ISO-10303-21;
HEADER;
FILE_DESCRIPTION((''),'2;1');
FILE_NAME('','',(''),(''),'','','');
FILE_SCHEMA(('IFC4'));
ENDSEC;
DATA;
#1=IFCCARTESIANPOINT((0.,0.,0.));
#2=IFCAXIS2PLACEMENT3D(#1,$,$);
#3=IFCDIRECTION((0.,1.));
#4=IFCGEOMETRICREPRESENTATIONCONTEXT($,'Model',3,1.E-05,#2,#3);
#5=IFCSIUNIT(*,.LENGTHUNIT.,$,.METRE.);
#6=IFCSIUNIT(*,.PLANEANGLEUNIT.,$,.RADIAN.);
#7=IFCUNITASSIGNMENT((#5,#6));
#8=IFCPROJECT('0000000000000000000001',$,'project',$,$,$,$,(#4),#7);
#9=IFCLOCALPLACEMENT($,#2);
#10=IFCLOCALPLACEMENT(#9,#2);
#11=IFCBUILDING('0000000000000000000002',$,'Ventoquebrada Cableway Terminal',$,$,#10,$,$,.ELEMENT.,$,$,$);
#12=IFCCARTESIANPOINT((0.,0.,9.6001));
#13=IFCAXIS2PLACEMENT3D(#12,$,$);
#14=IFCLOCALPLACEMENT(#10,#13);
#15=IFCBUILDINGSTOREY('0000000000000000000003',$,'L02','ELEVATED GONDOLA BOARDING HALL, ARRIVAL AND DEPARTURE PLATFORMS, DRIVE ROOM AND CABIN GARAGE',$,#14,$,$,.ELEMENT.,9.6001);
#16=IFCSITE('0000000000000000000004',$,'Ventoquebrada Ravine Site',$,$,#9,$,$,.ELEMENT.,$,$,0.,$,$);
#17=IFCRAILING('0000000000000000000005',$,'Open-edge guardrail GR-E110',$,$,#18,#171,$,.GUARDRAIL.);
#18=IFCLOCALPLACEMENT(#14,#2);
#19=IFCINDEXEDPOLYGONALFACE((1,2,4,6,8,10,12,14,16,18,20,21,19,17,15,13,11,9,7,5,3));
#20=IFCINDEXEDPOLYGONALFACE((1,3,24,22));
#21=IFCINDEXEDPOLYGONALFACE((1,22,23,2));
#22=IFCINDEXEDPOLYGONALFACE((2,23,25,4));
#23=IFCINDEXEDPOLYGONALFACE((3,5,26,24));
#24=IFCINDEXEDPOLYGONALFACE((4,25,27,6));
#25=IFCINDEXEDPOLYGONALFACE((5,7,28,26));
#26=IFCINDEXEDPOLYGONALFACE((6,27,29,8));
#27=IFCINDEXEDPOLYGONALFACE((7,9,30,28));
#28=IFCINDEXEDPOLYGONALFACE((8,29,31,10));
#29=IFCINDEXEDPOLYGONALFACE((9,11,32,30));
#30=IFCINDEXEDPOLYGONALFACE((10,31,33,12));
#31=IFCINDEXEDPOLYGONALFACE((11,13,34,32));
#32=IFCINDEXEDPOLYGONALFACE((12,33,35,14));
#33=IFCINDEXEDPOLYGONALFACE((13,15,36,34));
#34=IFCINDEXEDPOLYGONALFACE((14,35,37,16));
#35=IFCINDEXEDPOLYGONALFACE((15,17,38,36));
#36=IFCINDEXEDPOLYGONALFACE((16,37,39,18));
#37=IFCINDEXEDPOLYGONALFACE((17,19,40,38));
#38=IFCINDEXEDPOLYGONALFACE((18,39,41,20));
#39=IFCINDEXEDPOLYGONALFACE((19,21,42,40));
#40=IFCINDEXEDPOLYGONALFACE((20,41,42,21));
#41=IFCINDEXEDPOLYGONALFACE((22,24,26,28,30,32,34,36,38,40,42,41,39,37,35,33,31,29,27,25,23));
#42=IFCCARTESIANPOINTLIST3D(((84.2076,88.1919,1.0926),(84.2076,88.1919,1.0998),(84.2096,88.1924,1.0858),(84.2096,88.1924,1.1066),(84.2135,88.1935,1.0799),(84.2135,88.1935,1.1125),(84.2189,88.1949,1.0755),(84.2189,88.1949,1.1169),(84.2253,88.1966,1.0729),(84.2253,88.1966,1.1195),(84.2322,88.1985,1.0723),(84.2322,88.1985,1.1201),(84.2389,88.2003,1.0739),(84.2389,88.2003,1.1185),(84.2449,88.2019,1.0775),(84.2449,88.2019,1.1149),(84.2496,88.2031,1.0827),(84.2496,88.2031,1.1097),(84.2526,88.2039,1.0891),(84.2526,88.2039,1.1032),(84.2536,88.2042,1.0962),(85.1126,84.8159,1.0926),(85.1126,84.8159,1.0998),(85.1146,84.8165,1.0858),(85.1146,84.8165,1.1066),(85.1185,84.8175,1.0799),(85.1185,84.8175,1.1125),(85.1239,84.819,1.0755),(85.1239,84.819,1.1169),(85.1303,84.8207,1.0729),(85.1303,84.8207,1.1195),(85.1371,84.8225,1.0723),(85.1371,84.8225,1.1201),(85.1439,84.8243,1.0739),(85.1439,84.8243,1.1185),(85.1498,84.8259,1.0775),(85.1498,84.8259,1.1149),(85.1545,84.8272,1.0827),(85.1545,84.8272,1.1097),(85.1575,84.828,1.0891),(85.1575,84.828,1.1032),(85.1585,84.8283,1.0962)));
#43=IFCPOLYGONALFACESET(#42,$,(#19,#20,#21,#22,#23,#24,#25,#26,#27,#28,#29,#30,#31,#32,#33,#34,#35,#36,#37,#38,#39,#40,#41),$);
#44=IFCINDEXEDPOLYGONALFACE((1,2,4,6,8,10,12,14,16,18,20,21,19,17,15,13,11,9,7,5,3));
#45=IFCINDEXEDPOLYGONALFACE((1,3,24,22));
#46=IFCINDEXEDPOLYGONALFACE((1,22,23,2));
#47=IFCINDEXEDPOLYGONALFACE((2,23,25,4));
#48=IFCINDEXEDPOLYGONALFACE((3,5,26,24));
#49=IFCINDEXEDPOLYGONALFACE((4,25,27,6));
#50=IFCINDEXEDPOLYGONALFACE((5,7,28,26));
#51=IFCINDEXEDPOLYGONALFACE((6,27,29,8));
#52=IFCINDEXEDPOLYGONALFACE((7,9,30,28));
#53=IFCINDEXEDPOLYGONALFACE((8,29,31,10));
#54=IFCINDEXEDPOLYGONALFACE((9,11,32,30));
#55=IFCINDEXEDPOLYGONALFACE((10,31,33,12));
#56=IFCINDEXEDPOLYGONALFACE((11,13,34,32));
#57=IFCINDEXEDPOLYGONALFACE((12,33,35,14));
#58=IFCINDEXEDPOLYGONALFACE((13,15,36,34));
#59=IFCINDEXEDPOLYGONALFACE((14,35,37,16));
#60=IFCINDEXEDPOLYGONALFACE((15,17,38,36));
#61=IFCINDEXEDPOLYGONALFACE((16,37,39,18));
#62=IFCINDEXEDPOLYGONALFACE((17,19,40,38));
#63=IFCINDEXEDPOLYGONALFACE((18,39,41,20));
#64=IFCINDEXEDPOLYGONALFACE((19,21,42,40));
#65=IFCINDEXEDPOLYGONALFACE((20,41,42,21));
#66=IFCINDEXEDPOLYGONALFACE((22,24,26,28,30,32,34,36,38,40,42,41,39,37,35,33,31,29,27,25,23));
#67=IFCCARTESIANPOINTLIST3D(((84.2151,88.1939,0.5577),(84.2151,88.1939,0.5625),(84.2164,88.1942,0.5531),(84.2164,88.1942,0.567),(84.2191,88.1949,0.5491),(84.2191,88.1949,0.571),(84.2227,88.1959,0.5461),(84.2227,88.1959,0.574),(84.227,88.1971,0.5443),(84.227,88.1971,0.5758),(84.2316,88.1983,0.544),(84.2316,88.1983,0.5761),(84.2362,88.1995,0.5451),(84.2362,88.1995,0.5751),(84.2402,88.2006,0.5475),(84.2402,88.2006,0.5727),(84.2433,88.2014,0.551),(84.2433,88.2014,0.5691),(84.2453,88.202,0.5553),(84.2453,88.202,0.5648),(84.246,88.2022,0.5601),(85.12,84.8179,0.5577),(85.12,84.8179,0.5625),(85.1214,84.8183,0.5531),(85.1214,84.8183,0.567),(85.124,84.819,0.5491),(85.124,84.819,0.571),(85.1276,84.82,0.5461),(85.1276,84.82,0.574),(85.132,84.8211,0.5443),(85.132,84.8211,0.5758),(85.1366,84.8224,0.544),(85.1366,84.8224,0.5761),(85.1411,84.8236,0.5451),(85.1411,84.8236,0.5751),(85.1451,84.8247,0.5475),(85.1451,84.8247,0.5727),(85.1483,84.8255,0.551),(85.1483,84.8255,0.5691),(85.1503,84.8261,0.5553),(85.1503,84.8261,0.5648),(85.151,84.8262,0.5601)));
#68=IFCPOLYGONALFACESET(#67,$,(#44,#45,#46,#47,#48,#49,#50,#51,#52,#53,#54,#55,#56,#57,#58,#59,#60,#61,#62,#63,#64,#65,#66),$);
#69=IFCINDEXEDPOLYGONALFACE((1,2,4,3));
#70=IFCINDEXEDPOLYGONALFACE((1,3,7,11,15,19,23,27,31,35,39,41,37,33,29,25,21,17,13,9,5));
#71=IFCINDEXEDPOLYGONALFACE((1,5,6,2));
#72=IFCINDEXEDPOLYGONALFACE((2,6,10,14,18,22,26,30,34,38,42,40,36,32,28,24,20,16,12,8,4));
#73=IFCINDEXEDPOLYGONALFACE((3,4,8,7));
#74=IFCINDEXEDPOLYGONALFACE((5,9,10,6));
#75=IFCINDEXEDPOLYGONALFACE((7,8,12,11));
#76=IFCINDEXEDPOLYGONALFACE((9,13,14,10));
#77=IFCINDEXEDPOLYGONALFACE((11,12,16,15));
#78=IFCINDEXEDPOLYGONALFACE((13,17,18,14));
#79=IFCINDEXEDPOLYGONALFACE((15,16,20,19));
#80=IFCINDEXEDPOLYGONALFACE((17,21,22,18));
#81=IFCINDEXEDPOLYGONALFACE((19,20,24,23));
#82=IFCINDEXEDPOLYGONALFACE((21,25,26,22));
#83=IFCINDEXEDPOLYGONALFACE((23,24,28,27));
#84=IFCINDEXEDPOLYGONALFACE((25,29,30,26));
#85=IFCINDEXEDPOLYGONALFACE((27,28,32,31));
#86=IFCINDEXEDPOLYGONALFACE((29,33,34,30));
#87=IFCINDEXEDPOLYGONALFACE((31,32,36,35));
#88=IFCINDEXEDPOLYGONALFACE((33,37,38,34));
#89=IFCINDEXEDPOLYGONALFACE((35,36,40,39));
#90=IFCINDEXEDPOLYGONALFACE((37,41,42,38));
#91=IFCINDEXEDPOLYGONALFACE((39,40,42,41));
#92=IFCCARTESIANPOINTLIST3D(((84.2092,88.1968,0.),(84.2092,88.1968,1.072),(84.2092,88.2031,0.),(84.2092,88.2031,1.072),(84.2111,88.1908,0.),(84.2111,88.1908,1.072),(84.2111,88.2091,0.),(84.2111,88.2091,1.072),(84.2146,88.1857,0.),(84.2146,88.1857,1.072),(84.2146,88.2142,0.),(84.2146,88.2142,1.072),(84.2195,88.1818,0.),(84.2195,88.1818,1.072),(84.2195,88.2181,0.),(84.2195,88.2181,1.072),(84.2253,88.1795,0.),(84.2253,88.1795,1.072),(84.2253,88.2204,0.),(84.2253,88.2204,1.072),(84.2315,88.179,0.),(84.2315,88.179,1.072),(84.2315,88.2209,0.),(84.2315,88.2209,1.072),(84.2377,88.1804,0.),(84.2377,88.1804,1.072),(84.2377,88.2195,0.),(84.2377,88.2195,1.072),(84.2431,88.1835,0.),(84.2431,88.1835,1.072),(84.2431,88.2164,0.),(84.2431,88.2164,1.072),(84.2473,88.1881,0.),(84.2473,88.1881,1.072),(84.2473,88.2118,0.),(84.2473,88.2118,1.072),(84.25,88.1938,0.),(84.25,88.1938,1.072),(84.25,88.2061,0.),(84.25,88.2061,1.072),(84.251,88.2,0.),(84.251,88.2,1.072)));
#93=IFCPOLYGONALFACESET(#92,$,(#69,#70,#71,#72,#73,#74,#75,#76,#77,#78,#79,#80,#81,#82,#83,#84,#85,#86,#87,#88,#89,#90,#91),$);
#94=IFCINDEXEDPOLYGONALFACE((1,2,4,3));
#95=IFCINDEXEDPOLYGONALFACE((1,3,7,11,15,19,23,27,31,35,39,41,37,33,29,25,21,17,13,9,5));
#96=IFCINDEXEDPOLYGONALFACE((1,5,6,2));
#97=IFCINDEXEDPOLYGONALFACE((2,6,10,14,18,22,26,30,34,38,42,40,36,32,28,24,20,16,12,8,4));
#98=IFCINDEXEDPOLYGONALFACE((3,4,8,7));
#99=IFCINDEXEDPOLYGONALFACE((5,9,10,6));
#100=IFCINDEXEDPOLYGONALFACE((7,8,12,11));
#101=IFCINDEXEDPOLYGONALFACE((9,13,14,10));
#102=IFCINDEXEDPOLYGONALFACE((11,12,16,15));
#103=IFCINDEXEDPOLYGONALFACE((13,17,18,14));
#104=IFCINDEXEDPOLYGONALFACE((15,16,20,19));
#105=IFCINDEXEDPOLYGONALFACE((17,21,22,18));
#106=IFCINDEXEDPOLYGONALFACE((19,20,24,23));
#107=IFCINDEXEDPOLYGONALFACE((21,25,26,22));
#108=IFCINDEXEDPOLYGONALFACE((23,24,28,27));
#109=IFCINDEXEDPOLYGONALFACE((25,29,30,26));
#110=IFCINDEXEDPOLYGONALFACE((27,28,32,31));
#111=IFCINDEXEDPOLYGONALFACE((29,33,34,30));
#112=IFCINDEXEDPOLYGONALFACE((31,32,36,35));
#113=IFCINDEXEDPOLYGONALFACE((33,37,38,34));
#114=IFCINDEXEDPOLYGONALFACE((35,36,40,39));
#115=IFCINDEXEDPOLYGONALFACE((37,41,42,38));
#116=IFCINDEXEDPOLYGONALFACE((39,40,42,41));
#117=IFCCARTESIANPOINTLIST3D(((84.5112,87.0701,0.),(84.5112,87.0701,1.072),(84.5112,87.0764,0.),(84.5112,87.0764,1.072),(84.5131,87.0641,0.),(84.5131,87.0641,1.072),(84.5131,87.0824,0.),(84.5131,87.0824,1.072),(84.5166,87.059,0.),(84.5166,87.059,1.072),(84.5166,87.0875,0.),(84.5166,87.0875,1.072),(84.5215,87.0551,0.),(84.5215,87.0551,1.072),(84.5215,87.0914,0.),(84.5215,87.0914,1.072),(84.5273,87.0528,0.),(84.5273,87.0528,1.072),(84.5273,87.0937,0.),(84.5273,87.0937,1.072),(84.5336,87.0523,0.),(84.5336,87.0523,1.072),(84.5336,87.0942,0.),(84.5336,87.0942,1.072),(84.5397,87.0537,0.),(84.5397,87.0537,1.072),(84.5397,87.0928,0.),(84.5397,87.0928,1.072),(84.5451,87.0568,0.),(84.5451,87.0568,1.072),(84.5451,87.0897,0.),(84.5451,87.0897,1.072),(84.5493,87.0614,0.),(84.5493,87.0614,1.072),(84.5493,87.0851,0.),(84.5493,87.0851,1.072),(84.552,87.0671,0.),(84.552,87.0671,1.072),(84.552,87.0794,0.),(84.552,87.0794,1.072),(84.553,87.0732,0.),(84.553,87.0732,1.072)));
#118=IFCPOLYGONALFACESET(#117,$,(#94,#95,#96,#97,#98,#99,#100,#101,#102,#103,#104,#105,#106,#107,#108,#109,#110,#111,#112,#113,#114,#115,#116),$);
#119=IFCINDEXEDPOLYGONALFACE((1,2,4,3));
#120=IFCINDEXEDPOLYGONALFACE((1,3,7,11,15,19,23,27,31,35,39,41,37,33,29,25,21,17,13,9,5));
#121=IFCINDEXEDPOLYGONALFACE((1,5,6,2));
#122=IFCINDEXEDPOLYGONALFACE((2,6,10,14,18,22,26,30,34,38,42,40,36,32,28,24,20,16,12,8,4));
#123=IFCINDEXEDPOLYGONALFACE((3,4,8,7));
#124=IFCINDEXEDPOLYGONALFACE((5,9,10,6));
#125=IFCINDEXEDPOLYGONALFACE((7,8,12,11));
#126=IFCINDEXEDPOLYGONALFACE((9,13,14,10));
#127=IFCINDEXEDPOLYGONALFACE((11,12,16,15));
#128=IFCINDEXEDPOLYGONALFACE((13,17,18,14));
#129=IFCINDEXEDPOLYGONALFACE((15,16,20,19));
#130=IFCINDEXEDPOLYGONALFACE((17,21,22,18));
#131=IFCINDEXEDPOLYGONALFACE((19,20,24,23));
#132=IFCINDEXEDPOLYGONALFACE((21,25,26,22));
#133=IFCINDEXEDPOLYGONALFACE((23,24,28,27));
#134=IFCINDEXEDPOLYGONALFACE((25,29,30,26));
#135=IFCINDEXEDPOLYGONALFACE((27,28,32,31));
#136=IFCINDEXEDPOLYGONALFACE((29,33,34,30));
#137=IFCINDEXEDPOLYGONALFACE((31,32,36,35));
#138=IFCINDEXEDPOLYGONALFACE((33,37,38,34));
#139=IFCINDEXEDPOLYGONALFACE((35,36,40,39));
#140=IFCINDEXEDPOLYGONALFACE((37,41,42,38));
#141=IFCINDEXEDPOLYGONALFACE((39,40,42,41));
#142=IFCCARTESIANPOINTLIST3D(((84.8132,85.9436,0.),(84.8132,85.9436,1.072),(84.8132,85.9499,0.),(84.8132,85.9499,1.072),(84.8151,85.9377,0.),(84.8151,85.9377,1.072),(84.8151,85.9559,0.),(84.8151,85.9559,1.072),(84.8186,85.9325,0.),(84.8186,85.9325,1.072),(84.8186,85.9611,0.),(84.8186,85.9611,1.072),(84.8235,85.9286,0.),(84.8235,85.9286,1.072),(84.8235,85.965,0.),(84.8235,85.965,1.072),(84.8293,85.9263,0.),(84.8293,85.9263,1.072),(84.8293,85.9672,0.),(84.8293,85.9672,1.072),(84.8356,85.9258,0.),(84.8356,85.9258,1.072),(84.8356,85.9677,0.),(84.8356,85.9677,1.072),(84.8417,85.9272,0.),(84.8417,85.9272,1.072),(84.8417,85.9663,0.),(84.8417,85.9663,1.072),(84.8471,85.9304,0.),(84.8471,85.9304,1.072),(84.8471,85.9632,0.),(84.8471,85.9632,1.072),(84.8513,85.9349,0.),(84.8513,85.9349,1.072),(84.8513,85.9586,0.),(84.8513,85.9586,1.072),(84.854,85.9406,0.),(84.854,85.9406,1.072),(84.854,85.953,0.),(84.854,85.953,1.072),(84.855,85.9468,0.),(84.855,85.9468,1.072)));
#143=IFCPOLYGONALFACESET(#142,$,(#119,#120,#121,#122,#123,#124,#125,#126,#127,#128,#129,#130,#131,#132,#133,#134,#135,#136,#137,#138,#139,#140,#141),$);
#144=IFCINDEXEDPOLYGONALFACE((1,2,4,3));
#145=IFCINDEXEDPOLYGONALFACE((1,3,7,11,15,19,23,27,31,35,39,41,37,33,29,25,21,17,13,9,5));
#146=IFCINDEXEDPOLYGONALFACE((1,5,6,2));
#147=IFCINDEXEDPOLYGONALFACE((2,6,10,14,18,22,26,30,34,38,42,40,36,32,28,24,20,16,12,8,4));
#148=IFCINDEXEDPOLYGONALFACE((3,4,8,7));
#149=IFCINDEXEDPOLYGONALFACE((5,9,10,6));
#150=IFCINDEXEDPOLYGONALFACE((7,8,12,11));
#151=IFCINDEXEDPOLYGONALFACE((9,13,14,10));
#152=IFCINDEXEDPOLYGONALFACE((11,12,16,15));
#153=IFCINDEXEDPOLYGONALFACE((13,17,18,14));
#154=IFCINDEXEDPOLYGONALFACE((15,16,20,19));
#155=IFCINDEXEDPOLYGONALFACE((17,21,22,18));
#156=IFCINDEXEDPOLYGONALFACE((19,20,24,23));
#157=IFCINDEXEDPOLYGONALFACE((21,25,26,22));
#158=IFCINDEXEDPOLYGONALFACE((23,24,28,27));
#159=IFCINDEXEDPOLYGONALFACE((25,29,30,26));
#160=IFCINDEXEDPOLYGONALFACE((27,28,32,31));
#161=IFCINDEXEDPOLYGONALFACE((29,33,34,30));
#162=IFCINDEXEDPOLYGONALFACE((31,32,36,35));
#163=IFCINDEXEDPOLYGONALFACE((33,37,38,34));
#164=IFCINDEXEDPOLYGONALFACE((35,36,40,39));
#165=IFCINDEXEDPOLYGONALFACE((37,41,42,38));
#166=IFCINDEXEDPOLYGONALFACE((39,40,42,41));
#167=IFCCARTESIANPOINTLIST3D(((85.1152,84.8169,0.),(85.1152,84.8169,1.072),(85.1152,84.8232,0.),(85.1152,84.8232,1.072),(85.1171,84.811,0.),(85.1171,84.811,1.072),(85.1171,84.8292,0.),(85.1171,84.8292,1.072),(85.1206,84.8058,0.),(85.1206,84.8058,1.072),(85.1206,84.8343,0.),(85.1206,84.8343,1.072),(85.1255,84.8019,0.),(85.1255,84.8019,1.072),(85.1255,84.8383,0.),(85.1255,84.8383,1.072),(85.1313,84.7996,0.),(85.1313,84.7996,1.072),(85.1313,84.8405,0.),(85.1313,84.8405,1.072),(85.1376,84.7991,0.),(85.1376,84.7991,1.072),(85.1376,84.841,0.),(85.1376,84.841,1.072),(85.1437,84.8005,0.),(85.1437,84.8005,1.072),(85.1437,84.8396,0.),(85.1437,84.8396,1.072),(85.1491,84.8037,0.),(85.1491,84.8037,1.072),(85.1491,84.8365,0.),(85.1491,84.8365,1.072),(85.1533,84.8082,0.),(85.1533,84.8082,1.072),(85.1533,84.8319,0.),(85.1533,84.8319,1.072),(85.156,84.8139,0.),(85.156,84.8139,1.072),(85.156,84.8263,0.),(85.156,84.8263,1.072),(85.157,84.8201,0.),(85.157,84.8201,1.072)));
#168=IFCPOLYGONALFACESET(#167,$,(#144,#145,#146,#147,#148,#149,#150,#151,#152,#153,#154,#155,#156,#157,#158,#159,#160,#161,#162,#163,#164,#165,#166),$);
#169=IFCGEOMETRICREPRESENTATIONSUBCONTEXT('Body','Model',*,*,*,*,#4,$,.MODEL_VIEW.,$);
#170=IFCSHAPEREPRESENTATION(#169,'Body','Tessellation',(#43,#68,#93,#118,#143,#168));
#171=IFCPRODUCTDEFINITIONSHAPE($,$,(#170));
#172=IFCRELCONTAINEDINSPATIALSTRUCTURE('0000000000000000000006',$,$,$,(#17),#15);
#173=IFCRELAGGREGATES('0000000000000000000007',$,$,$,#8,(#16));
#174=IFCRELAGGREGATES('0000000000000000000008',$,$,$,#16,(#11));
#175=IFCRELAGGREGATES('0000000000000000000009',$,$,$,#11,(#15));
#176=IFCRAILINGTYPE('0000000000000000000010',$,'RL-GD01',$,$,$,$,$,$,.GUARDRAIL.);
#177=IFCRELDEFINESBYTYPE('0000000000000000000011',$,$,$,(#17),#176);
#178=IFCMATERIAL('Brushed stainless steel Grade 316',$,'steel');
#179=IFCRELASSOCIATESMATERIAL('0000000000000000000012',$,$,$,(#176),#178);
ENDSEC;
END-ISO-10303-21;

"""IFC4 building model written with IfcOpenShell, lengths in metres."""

from ifc_helpers import new_model, si_unit, direction, frame, origin, origin_2d, place, context, subcontext, project, spatial, circle, extrude, material, type_object, element, save


model = new_model("IFC4")

# Units and contexts
model_context = context("Model", 3, precision=1e-05, world=origin(), true_north=direction((0.0, 1.0)))
body_context = subcontext(model_context, "Body", "Model", "MODEL_VIEW")
ifc_project = project(units=[si_unit("LENGTHUNIT", "METRE"), si_unit("PLANEANGLEUNIT", "RADIAN")], contexts=[model_context])

# Site, building, storey
site_placement = place(None, origin())
site = spatial("IfcSite", under=ifc_project, at=site_placement, Name="Ventoquebrada Ravine Site", CompositionType="ELEMENT", RefElevation=0.0)
building_placement = place(site_placement, origin())
building = spatial("IfcBuilding", under=site, at=building_placement, Name="Ventoquebrada Cableway Terminal", CompositionType="ELEMENT")
storey_placement = place(building_placement, frame((0.0, 0.0, 9.6001)))
storey = spatial("IfcBuildingStorey", under=building, at=storey_placement, Name="L02", Description="ELEVATED GONDOLA BOARDING HALL, ARRIVAL AND DEPARTURE PLATFORMS, DRIVE ROOM AND CABIN GARAGE", CompositionType="ELEMENT", Elevation=9.6001)

# Railing
ifc_material_1 = material(Name="Brushed stainless steel Grade 316", Category="steel")
railing_type = type_object("IfcRailingType", Name="RL-GD01", PredefinedType="GUARDRAIL", material=ifc_material_1)
railing_placement = place(storey_placement, frame((84.23, 88.2, 0.0)))
element("IfcRailing", 1, at=railing_placement, inside=storey, type_object=railing_type, Name="Open-edge guardrail GR-E110", PredefinedType="GUARDRAIL", context=body_context, shape_type="SweptSolid", body=[
    extrude(circle(Radius=0.0239, at=origin_2d()), frame((0.0005, -0.002, 1.0962), z_axis=(0.258917, -0.965899, 0.0), x_axis=(0.965899, 0.258917, 0.0)), (0.0, 0.0, 1.0), 3.4951),
    extrude(circle(Radius=0.0161, at=origin_2d()), frame((0.0005, -0.002, 0.5601), z_axis=(0.258917, -0.965899, 0.0), x_axis=(0.965899, 0.258917, 0.0)), (0.0, 0.0, 1.0), 3.4951),
    extrude(circle(Radius=0.021, at=origin_2d()), origin(), (0.0, 0.0, 1.0), 1.072),
    extrude(circle(Radius=0.021, at=origin_2d()), frame((0.302, -1.1267, 0.0)), (0.0, 0.0, 1.0), 1.072),
    extrude(circle(Radius=0.021, at=origin_2d()), frame((0.604, -2.2532, 0.0)), (0.0, 0.0, 1.0), 1.072),
    extrude(circle(Radius=0.021, at=origin_2d()), frame((0.906, -3.3799, 0.0)), (0.0, 0.0, 1.0), 1.072),
])

save(model, "model.ifc")
